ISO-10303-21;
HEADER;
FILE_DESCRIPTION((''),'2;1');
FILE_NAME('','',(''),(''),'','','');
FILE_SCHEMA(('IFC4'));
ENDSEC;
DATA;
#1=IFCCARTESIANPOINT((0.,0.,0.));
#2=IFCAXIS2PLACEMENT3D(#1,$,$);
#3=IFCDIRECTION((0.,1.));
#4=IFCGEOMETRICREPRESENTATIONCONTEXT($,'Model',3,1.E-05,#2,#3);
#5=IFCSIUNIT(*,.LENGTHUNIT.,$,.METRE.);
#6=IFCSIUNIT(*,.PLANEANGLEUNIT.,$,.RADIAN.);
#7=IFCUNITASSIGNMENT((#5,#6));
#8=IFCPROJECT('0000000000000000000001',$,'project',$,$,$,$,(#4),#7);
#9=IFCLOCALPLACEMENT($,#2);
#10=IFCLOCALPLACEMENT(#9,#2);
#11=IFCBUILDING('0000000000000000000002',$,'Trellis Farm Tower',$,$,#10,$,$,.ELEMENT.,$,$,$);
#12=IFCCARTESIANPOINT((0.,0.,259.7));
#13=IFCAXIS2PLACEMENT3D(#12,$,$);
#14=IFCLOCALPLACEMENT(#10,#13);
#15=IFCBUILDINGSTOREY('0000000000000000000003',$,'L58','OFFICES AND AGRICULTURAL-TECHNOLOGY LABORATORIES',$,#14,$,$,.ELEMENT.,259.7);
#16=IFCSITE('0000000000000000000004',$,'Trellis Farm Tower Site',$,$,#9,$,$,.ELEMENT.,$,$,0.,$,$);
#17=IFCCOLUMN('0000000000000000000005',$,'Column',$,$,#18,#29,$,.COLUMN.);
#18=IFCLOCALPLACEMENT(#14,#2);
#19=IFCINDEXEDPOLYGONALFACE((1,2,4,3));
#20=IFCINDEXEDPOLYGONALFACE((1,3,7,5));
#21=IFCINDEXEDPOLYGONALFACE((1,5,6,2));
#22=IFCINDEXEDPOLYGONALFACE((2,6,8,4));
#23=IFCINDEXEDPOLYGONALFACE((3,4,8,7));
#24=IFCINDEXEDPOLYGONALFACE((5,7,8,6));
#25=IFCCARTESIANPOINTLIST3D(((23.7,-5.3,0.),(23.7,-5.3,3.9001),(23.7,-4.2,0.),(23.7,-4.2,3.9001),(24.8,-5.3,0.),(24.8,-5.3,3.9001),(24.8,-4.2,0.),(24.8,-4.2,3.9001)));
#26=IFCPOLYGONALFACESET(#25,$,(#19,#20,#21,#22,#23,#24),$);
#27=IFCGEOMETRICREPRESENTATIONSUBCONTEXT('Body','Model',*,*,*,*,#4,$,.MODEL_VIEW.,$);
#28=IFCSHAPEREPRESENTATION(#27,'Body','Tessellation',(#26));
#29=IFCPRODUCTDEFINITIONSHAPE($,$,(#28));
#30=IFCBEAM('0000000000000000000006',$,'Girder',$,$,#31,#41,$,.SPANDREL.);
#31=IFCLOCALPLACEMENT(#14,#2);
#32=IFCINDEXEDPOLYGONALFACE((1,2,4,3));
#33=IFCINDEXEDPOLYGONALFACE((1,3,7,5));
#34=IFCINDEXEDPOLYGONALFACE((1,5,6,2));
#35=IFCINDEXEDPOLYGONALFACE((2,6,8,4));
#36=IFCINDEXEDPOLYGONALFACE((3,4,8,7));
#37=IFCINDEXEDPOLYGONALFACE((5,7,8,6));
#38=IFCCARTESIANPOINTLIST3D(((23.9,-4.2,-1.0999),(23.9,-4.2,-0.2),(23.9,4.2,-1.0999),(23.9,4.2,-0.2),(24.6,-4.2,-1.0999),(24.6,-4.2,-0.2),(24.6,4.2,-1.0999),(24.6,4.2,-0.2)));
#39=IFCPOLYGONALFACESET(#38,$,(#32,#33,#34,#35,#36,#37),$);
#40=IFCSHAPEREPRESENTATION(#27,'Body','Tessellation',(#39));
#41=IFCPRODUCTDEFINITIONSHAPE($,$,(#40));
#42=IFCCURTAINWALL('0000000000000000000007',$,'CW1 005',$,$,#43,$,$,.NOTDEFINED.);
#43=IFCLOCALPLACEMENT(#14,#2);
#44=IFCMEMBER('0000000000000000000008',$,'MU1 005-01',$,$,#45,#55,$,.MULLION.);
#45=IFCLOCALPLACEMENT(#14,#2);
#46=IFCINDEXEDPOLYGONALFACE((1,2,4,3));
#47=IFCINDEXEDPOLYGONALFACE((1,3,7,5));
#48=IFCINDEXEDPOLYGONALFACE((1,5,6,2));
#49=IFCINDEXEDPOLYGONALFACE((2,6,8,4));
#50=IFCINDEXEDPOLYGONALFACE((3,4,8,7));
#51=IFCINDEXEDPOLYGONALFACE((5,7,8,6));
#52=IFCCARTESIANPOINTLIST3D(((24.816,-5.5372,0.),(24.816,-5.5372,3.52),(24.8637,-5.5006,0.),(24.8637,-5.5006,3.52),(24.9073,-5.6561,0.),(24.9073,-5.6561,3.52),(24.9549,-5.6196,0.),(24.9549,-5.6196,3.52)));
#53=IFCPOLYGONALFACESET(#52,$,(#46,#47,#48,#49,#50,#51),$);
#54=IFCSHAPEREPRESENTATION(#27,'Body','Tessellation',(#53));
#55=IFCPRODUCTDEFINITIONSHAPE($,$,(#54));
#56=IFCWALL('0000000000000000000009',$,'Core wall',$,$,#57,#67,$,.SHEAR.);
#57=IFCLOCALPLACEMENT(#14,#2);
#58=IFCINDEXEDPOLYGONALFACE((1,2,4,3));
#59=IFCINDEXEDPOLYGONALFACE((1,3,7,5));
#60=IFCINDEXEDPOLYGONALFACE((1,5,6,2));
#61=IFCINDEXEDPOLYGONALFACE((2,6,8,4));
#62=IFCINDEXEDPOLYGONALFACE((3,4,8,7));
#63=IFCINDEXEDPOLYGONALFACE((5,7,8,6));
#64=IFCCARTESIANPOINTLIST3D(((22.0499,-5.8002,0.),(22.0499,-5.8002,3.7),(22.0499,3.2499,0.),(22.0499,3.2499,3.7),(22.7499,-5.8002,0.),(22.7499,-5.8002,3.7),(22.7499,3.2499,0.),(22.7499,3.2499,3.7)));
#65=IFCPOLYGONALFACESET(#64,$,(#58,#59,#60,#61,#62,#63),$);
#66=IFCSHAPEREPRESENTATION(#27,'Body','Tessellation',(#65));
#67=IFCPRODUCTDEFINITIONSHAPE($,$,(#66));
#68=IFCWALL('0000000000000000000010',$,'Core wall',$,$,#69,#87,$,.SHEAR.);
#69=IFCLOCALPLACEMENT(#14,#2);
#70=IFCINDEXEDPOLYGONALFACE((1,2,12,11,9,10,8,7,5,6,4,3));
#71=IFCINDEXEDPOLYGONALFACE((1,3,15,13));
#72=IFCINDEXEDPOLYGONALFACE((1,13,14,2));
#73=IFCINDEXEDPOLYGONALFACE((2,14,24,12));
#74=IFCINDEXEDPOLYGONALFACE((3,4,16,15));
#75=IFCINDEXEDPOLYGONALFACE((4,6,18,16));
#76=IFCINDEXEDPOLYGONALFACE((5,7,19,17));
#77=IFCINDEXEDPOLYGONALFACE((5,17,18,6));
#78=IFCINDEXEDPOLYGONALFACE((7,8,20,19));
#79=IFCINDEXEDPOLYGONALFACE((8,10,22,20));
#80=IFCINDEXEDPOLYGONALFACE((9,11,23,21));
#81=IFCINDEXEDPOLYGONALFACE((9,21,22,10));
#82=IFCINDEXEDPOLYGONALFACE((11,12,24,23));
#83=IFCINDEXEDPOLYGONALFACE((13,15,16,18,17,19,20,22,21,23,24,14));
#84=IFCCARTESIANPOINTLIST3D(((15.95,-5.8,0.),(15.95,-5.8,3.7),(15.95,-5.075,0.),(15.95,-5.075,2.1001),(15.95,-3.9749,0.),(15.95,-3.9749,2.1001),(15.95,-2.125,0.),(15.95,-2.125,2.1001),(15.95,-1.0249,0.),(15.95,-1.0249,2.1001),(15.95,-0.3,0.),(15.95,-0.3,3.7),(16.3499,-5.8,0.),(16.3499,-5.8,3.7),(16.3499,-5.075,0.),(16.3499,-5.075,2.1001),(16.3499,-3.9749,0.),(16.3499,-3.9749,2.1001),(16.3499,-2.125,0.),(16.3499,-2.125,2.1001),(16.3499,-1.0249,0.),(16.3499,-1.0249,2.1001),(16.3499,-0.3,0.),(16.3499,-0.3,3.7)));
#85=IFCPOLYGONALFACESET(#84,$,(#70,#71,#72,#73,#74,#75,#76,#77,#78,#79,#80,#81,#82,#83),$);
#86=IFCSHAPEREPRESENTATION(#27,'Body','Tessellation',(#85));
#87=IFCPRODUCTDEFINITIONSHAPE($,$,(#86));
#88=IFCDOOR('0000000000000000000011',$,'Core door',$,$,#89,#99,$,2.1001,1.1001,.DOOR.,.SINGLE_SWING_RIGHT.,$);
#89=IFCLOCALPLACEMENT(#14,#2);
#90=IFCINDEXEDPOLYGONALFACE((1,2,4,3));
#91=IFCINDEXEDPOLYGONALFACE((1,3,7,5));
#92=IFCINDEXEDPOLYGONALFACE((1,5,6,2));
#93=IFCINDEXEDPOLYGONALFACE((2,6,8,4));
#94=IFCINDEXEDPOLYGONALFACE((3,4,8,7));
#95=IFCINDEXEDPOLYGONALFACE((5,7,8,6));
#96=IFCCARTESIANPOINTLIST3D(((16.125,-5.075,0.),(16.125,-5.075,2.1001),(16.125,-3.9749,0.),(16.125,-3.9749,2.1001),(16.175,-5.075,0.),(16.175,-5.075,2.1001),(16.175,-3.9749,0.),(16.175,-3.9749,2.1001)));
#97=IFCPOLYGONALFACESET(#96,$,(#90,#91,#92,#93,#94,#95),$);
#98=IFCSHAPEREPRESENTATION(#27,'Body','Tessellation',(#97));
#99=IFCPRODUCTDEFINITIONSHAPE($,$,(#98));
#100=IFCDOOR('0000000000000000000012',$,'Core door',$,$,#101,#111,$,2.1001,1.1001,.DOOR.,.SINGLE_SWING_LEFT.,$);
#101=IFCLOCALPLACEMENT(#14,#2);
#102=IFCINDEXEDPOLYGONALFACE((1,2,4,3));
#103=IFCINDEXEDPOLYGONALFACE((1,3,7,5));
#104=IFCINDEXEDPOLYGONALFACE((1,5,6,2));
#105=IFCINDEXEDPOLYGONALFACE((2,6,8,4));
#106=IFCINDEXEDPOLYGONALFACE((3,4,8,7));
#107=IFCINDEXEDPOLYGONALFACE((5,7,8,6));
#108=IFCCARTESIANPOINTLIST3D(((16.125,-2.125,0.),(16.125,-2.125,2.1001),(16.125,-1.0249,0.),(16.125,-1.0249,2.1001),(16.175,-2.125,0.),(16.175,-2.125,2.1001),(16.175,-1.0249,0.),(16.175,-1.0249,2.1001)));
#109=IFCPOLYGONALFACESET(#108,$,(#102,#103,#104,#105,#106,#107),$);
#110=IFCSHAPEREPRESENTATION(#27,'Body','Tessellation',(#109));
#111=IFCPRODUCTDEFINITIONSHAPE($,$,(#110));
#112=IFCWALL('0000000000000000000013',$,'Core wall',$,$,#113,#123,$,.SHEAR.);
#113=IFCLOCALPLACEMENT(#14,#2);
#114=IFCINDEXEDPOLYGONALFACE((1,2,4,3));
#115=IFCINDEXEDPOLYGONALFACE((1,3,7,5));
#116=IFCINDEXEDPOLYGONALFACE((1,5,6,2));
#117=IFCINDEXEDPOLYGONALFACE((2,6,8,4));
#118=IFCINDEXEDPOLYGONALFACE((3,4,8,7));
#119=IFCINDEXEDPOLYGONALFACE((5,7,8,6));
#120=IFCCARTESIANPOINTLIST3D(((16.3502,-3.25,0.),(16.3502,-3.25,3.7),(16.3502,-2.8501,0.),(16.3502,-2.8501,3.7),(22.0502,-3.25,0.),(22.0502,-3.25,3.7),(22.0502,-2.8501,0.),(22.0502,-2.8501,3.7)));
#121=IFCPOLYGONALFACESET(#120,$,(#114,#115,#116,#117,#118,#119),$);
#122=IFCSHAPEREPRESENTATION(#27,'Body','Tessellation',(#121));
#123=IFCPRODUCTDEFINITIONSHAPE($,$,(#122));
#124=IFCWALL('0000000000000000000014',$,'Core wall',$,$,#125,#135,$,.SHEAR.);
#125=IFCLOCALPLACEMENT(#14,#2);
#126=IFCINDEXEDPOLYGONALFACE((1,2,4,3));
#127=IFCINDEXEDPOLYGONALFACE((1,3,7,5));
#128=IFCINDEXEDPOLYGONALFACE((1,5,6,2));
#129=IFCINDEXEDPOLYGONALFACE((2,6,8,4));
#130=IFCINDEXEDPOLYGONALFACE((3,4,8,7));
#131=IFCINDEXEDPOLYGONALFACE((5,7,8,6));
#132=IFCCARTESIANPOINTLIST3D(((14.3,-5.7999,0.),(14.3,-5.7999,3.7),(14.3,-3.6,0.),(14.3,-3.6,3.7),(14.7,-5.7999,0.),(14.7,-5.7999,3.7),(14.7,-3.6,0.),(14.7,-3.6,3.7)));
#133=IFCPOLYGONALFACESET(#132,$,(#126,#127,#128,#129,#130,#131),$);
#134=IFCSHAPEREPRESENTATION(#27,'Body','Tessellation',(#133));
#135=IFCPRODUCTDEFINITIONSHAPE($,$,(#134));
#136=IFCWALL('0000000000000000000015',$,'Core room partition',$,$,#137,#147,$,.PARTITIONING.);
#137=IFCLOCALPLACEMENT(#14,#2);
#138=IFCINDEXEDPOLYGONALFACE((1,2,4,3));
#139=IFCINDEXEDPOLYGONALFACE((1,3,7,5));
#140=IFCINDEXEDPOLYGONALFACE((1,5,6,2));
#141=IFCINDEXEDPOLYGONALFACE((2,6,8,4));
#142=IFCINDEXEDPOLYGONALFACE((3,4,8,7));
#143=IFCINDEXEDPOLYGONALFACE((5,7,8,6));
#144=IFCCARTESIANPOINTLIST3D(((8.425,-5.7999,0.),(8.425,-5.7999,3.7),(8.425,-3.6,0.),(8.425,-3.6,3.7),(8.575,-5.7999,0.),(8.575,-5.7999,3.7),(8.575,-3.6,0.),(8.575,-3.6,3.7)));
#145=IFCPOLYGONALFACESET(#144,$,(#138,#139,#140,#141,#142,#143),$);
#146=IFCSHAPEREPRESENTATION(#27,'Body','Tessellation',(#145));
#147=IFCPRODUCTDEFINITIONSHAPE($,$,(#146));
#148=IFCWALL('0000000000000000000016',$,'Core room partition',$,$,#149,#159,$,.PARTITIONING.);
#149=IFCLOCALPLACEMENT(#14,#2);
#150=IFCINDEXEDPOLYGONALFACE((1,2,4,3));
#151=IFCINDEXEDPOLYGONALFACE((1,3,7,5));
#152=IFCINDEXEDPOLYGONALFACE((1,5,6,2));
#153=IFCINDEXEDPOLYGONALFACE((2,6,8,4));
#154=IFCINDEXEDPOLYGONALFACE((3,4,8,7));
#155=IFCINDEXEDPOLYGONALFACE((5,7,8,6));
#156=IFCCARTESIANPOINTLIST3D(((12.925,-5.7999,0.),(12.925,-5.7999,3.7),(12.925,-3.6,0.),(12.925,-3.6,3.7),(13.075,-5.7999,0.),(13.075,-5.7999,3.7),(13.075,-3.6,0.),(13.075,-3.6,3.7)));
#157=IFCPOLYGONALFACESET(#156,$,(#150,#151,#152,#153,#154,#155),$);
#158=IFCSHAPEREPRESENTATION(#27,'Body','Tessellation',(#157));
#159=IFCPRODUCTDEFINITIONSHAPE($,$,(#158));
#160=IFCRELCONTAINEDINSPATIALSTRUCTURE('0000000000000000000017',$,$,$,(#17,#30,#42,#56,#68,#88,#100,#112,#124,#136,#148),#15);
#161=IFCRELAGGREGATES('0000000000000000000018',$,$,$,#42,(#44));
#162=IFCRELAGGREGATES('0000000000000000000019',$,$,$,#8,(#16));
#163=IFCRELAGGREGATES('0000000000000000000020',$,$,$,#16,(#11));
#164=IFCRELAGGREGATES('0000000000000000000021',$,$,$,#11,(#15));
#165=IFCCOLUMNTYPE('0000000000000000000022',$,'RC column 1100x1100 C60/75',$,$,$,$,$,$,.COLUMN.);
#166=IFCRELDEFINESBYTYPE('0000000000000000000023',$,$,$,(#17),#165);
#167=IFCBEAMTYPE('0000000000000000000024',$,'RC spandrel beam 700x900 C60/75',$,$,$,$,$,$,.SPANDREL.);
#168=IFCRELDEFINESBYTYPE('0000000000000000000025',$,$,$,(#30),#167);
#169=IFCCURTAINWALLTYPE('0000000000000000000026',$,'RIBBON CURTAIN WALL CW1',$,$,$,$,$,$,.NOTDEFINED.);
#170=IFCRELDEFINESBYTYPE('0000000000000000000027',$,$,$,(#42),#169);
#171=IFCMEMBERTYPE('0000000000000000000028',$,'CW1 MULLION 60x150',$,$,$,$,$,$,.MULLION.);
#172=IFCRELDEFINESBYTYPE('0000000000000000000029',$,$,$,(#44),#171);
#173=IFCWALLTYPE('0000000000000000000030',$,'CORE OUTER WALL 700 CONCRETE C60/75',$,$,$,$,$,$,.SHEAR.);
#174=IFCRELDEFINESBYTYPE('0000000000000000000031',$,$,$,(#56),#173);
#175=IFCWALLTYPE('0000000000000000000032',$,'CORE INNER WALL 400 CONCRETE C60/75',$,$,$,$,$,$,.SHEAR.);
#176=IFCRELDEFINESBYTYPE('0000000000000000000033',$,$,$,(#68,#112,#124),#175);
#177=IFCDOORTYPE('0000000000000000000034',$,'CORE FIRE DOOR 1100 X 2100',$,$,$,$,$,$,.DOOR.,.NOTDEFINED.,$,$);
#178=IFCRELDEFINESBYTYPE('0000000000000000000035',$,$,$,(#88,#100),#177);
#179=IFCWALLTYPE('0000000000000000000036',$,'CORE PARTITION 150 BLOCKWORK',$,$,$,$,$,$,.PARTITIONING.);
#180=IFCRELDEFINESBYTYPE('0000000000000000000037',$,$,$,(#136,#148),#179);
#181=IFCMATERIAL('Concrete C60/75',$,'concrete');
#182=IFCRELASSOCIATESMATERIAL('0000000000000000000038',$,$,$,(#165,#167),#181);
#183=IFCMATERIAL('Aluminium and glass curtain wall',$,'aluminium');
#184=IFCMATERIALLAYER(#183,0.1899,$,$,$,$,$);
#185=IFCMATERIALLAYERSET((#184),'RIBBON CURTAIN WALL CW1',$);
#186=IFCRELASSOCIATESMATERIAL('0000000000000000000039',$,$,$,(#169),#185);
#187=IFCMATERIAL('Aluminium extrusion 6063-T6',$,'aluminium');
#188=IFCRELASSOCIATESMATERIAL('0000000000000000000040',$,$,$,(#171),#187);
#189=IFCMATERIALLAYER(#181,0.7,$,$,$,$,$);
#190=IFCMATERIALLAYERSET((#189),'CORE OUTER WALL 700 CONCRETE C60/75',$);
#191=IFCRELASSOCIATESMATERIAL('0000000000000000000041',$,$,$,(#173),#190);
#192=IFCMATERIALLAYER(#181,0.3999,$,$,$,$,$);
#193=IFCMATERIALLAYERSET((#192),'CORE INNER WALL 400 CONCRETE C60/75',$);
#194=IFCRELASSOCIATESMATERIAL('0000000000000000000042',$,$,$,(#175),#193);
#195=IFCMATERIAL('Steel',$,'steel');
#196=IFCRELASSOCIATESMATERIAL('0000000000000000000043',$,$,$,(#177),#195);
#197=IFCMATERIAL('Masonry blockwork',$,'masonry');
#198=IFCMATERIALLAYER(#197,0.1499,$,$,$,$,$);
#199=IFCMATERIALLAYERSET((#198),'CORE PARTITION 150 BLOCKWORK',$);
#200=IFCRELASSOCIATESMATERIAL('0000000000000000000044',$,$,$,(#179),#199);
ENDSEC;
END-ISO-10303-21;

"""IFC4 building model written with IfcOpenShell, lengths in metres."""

from ifc_helpers import new_model, si_unit, direction, frame, frame_2d, origin, origin_2d, place, context, subcontext, project, spatial, rectangle, extrude, source, transform, mapped, material, layer, layer_set, material_profile, profile_set, type_object, element, fill, aggregate, save


model = new_model("IFC4")

# Units and contexts
model_context = context("Model", 3, precision=1e-05, world=origin(), true_north=direction((0.0, 1.0)))
body_context = subcontext(model_context, "Body", "Model", "MODEL_VIEW")
ifc_project = project(units=[si_unit("LENGTHUNIT", "METRE"), si_unit("PLANEANGLEUNIT", "RADIAN")], contexts=[model_context])

# Site, building, storey
site_placement = place(None, origin())
site = spatial("IfcSite", under=ifc_project, at=site_placement, Name="Trellis Farm Tower Site", CompositionType="ELEMENT", RefElevation=0.0)
building_placement = place(site_placement, origin())
building = spatial("IfcBuilding", under=site, at=building_placement, Name="Trellis Farm Tower", CompositionType="ELEMENT")
storey_placement = place(building_placement, frame((0.0, 0.0, 259.7)))
storey = spatial("IfcBuildingStorey", under=building, at=storey_placement, Name="L58", Description="OFFICES AND AGRICULTURAL-TECHNOLOGY LABORATORIES", CompositionType="ELEMENT", Elevation=259.7)

# Column
ifc_material_1 = material(Name="Concrete C60/75", Category="concrete")
ifc_material_profile_1 = material_profile(ifc_material_1, rectangle(XDim=1.1001, YDim=1.1001, at=origin_2d()), Name="RC column 1100x1100 C60/75")
ifc_profile_set_1 = profile_set([ifc_material_profile_1], Name="Concrete C60/75")
column_type = type_object("IfcColumnType", Name="RC column 1100x1100 C60/75", PredefinedType="COLUMN", material=ifc_profile_set_1)
shared_shape_1 = source(origin(), body_context, "Body", "SweptSolid", [
    extrude(rectangle(XDim=1.1001, YDim=1.1001, at=origin_2d()), origin(), (0.0, 0.0, 1.0), 3.9001),
])
column_placement = place(storey_placement, frame((24.25, -4.75, 0.0), z_axis=(0.0, 0.0, 1.0), x_axis=(1.0, 0.0, 0.0)))
element("IfcColumn", 1, at=column_placement, inside=storey, type_object=column_type, Name="Column", PredefinedType="COLUMN", context=body_context, shape_type="MappedRepresentation", body=[
    mapped(shared_shape_1, transform((0.0, 0.0, 0.0))),
])

# Beam
ifc_material_profile_2 = material_profile(ifc_material_1, rectangle(XDim=0.7, YDim=0.8999, at=origin_2d()), Name="RC spandrel beam 700x900 C60/75")
ifc_profile_set_2 = profile_set([ifc_material_profile_2], Name="Concrete C60/75")
beam_type = type_object("IfcBeamType", Name="RC spandrel beam 700x900 C60/75", PredefinedType="SPANDREL", material=ifc_profile_set_2)
shared_shape_2 = source(origin(), body_context, "Body", "SweptSolid", [
    extrude(rectangle(XDim=0.7, YDim=0.8999, at=origin_2d()), origin(), (0.0, 0.0, 1.0), 8.3999),
])
beam_placement = place(storey_placement, frame((24.25, -4.2, -0.6499), z_axis=(0.0, 1.0, 0.0), x_axis=(-1.0, 0.0, 0.0)))
element("IfcBeam", 2, at=beam_placement, inside=storey, type_object=beam_type, Name="Girder", PredefinedType="SPANDREL", context=body_context, shape_type="MappedRepresentation", body=[
    mapped(shared_shape_2, transform((0.0, 0.0, 0.0))),
])

# Curtain wall, member
ifc_material_2 = material(Name="Aluminium and glass curtain wall", Category="aluminium")
ifc_layer_1 = layer(ifc_material_2, 0.1899)
ifc_layer_set_1 = layer_set([ifc_layer_1], Name="RIBBON CURTAIN WALL CW1")
curtain_wall_type = type_object("IfcCurtainWallType", Name="RIBBON CURTAIN WALL CW1", PredefinedType="NOTDEFINED", material=ifc_layer_set_1)
placement = place(storey_placement, origin())
curtain_wall = element("IfcCurtainWall", 3, at=placement, inside=storey, type_object=curtain_wall_type, Name="CW1 005", PredefinedType="NOTDEFINED")
ifc_material_3 = material(Name="Aluminium extrusion 6063-T6", Category="aluminium")
ifc_material_profile_3 = material_profile(ifc_material_3, rectangle(XDim=0.0601, YDim=0.1499, at=origin_2d()), Name="MULLION 60x150")
ifc_profile_set_3 = profile_set([ifc_material_profile_3], Name="Aluminium extrusion 6063-T6")
member_type = type_object("IfcMemberType", Name="CW1 MULLION 60x150", PredefinedType="MULLION", material=ifc_profile_set_3)
shared_shape_3 = source(origin(), body_context, "Body", "SweptSolid", [
    extrude(rectangle(XDim=0.0601, YDim=0.1499, at=origin_2d()), origin(), (0.0, 0.0, 1.0), 3.52),
])
member_placement = place(storey_placement, frame((24.8855, -5.5784, 0.0), z_axis=(0.0, 0.0, 1.0), x_axis=(0.793353, 0.608761, 0.0)))
member = element("IfcMember", 4, at=member_placement, type_object=member_type, Name="MU1 005-01", PredefinedType="MULLION", context=body_context, shape_type="MappedRepresentation", body=[
    mapped(shared_shape_3, transform((0.0, 0.0, 0.0))),
])
aggregate(curtain_wall, [member])

# Wall
ifc_layer_2 = layer(ifc_material_1, 0.7)
ifc_layer_set_2 = layer_set([ifc_layer_2], Name="CORE OUTER WALL 700 CONCRETE C60/75")
wall_type_1 = type_object("IfcWallType", Name="CORE OUTER WALL 700 CONCRETE C60/75", PredefinedType="SHEAR", material=ifc_layer_set_2)
shared_shape_4 = source(origin(), body_context, "Body", "SweptSolid", [
    extrude(rectangle(XDim=9.05, YDim=0.7, at=frame_2d((4.5249, 0.0))), origin(), (0.0, 0.0, 1.0), 3.7),
])
wall_1_placement = place(storey_placement, frame((22.3999, -5.8, 0.0), z_axis=(0.0, 0.0, 1.0), x_axis=(0.0, 1.0, 0.0)))
element("IfcWall", 5, at=wall_1_placement, inside=storey, type_object=wall_type_1, Name="Core wall", PredefinedType="SHEAR", context=body_context, shape_type="MappedRepresentation", body=[
    mapped(shared_shape_4, transform((0.0, 0.0, 0.0))),
])

# Wall, openings, doors
ifc_layer_3 = layer(ifc_material_1, 0.3999)
ifc_layer_set_3 = layer_set([ifc_layer_3], Name="CORE INNER WALL 400 CONCRETE C60/75")
wall_type_2 = type_object("IfcWallType", Name="CORE INNER WALL 400 CONCRETE C60/75", PredefinedType="SHEAR", material=ifc_layer_set_3)
shared_shape_5 = source(origin(), body_context, "Body", "SweptSolid", [
    extrude(rectangle(XDim=5.5, YDim=0.3999, at=frame_2d((2.75, 0.0))), origin(), (0.0, 0.0, 1.0), 3.7),
])
wall_2_placement = place(storey_placement, frame((16.1499, -5.8, 0.0), z_axis=(0.0, 0.0, 1.0), x_axis=(0.0, 1.0, 0.0)))
wall_2 = element("IfcWall", 6, at=wall_2_placement, inside=storey, type_object=wall_type_2, Name="Core wall", PredefinedType="SHEAR", context=body_context, shape_type="MappedRepresentation", body=[
    mapped(shared_shape_5, transform((0.0, 0.0, 0.0))),
])
shared_shape_6 = source(origin(), body_context, "Body", "SweptSolid", [
    extrude(rectangle(XDim=1.1001, YDim=2.1001, at=frame_2d((0.55, 1.05))), frame((0.0, 0.21, 0.0), z_axis=(0.0, -1.0, 0.0), x_axis=(1.0, 0.0, 0.0)), (0.0, 0.0, 1.0), 0.4199),
])
opening_1_placement = place(wall_2_placement, frame((0.7251, 0.0, 0.0)))
opening_1 = element("IfcOpeningElement", 7, at=opening_1_placement, cuts=wall_2, PredefinedType="OPENING", context=body_context, shape_type="MappedRepresentation", body=[
    mapped(shared_shape_6, transform((0.0, 0.0, 0.0))),
])
opening_2_placement = place(wall_2_placement, frame((3.675, 0.0, 0.0)))
opening_2 = element("IfcOpeningElement", 8, at=opening_2_placement, cuts=wall_2, PredefinedType="OPENING", context=body_context, shape_type="MappedRepresentation", body=[
    mapped(shared_shape_6, transform((0.0, 0.0, 0.0))),
])
ifc_material_4 = material(Name="Steel", Category="steel")
door_type = type_object("IfcDoorType", Name="CORE FIRE DOOR 1100 X 2100", OperationType="NOTDEFINED", PredefinedType="DOOR", material=ifc_material_4)
shared_shape_7 = source(origin(), body_context, "Body", "SweptSolid", [
    extrude(rectangle(XDim=1.1001, YDim=2.1001, at=frame_2d((0.55, 1.05))), frame((0.0, 0.0249, 0.0), z_axis=(0.0, -1.0, 0.0), x_axis=(1.0, 0.0, 0.0)), (0.0, 0.0, 1.0), 0.05),
])
door_1_placement = place(opening_1_placement, origin())
door_1 = element("IfcDoor", 9, at=door_1_placement, inside=storey, type_object=door_type, Name="Core door", OperationType="SINGLE_SWING_RIGHT", OverallHeight=2.1001, OverallWidth=1.1001, PredefinedType="DOOR", context=body_context, shape_type="MappedRepresentation", body=[
    mapped(shared_shape_7, transform((0.0, 0.0, 0.0))),
])
fill(opening_1, door_1)
door_2_placement = place(opening_2_placement, origin())
door_2 = element("IfcDoor", 10, at=door_2_placement, inside=storey, type_object=door_type, Name="Core door", OperationType="SINGLE_SWING_LEFT", OverallHeight=2.1001, OverallWidth=1.1001, PredefinedType="DOOR", context=body_context, shape_type="MappedRepresentation", body=[
    mapped(shared_shape_7, transform((0.0, 0.0, 0.0))),
])
fill(opening_2, door_2)

# Walls
shared_shape_8 = source(origin(), body_context, "Body", "SweptSolid", [
    extrude(rectangle(XDim=5.7, YDim=0.3999, at=frame_2d((2.8501, 0.0))), origin(), (0.0, 0.0, 1.0), 3.7),
])
wall_3_placement = place(storey_placement, frame((16.3501, -3.05, 0.0), z_axis=(0.0, 0.0, 1.0), x_axis=(1.0, 0.0, 0.0)))
element("IfcWall", 11, at=wall_3_placement, inside=storey, type_object=wall_type_2, Name="Core wall", PredefinedType="SHEAR", context=body_context, shape_type="MappedRepresentation", body=[
    mapped(shared_shape_8, transform((0.0, 0.0, 0.0))),
])
shared_shape_9 = source(origin(), body_context, "Body", "SweptSolid", [
    extrude(rectangle(XDim=2.2, YDim=0.3999, at=frame_2d((1.1001, 0.0))), origin(), (0.0, 0.0, 1.0), 3.7),
])
wall_4_placement = place(storey_placement, frame((14.5, -5.8, 0.0), z_axis=(0.0, 0.0, 1.0), x_axis=(0.0, 1.0, 0.0)))
element("IfcWall", 12, at=wall_4_placement, inside=storey, type_object=wall_type_2, Name="Core wall", PredefinedType="SHEAR", context=body_context, shape_type="MappedRepresentation", body=[
    mapped(shared_shape_9, transform((0.0, 0.0, 0.0))),
])
ifc_material_5 = material(Name="Masonry blockwork", Category="masonry")
ifc_layer_4 = layer(ifc_material_5, 0.1499)
ifc_layer_set_4 = layer_set([ifc_layer_4], Name="CORE PARTITION 150 BLOCKWORK")
wall_type_3 = type_object("IfcWallType", Name="CORE PARTITION 150 BLOCKWORK", PredefinedType="PARTITIONING", material=ifc_layer_set_4)
shared_shape_10 = source(origin(), body_context, "Body", "SweptSolid", [
    extrude(rectangle(XDim=2.2, YDim=0.1499, at=frame_2d((1.1001, 0.0))), origin(), (0.0, 0.0, 1.0), 3.7),
])
for number, where, z_axis, x_axis, name in (
    (13, (8.5, -5.8, 0.0), (0.0, 0.0, 1.0), (0.0, 1.0, 0.0), "Core room partition"),
    (14, (13.0, -5.8, 0.0), (0.0, 0.0, 1.0), (0.0, 1.0, 0.0), "Core room partition"),
):
    element("IfcWall", number, at=place(storey_placement, frame(where, z_axis=z_axis, x_axis=x_axis)), inside=storey, type_object=wall_type_3, Name=name, PredefinedType="PARTITIONING", context=body_context, shape_type="MappedRepresentation", body=[
        mapped(shared_shape_10, transform((0.0, 0.0, 0.0))),
    ])

save(model, "model.ifc")
